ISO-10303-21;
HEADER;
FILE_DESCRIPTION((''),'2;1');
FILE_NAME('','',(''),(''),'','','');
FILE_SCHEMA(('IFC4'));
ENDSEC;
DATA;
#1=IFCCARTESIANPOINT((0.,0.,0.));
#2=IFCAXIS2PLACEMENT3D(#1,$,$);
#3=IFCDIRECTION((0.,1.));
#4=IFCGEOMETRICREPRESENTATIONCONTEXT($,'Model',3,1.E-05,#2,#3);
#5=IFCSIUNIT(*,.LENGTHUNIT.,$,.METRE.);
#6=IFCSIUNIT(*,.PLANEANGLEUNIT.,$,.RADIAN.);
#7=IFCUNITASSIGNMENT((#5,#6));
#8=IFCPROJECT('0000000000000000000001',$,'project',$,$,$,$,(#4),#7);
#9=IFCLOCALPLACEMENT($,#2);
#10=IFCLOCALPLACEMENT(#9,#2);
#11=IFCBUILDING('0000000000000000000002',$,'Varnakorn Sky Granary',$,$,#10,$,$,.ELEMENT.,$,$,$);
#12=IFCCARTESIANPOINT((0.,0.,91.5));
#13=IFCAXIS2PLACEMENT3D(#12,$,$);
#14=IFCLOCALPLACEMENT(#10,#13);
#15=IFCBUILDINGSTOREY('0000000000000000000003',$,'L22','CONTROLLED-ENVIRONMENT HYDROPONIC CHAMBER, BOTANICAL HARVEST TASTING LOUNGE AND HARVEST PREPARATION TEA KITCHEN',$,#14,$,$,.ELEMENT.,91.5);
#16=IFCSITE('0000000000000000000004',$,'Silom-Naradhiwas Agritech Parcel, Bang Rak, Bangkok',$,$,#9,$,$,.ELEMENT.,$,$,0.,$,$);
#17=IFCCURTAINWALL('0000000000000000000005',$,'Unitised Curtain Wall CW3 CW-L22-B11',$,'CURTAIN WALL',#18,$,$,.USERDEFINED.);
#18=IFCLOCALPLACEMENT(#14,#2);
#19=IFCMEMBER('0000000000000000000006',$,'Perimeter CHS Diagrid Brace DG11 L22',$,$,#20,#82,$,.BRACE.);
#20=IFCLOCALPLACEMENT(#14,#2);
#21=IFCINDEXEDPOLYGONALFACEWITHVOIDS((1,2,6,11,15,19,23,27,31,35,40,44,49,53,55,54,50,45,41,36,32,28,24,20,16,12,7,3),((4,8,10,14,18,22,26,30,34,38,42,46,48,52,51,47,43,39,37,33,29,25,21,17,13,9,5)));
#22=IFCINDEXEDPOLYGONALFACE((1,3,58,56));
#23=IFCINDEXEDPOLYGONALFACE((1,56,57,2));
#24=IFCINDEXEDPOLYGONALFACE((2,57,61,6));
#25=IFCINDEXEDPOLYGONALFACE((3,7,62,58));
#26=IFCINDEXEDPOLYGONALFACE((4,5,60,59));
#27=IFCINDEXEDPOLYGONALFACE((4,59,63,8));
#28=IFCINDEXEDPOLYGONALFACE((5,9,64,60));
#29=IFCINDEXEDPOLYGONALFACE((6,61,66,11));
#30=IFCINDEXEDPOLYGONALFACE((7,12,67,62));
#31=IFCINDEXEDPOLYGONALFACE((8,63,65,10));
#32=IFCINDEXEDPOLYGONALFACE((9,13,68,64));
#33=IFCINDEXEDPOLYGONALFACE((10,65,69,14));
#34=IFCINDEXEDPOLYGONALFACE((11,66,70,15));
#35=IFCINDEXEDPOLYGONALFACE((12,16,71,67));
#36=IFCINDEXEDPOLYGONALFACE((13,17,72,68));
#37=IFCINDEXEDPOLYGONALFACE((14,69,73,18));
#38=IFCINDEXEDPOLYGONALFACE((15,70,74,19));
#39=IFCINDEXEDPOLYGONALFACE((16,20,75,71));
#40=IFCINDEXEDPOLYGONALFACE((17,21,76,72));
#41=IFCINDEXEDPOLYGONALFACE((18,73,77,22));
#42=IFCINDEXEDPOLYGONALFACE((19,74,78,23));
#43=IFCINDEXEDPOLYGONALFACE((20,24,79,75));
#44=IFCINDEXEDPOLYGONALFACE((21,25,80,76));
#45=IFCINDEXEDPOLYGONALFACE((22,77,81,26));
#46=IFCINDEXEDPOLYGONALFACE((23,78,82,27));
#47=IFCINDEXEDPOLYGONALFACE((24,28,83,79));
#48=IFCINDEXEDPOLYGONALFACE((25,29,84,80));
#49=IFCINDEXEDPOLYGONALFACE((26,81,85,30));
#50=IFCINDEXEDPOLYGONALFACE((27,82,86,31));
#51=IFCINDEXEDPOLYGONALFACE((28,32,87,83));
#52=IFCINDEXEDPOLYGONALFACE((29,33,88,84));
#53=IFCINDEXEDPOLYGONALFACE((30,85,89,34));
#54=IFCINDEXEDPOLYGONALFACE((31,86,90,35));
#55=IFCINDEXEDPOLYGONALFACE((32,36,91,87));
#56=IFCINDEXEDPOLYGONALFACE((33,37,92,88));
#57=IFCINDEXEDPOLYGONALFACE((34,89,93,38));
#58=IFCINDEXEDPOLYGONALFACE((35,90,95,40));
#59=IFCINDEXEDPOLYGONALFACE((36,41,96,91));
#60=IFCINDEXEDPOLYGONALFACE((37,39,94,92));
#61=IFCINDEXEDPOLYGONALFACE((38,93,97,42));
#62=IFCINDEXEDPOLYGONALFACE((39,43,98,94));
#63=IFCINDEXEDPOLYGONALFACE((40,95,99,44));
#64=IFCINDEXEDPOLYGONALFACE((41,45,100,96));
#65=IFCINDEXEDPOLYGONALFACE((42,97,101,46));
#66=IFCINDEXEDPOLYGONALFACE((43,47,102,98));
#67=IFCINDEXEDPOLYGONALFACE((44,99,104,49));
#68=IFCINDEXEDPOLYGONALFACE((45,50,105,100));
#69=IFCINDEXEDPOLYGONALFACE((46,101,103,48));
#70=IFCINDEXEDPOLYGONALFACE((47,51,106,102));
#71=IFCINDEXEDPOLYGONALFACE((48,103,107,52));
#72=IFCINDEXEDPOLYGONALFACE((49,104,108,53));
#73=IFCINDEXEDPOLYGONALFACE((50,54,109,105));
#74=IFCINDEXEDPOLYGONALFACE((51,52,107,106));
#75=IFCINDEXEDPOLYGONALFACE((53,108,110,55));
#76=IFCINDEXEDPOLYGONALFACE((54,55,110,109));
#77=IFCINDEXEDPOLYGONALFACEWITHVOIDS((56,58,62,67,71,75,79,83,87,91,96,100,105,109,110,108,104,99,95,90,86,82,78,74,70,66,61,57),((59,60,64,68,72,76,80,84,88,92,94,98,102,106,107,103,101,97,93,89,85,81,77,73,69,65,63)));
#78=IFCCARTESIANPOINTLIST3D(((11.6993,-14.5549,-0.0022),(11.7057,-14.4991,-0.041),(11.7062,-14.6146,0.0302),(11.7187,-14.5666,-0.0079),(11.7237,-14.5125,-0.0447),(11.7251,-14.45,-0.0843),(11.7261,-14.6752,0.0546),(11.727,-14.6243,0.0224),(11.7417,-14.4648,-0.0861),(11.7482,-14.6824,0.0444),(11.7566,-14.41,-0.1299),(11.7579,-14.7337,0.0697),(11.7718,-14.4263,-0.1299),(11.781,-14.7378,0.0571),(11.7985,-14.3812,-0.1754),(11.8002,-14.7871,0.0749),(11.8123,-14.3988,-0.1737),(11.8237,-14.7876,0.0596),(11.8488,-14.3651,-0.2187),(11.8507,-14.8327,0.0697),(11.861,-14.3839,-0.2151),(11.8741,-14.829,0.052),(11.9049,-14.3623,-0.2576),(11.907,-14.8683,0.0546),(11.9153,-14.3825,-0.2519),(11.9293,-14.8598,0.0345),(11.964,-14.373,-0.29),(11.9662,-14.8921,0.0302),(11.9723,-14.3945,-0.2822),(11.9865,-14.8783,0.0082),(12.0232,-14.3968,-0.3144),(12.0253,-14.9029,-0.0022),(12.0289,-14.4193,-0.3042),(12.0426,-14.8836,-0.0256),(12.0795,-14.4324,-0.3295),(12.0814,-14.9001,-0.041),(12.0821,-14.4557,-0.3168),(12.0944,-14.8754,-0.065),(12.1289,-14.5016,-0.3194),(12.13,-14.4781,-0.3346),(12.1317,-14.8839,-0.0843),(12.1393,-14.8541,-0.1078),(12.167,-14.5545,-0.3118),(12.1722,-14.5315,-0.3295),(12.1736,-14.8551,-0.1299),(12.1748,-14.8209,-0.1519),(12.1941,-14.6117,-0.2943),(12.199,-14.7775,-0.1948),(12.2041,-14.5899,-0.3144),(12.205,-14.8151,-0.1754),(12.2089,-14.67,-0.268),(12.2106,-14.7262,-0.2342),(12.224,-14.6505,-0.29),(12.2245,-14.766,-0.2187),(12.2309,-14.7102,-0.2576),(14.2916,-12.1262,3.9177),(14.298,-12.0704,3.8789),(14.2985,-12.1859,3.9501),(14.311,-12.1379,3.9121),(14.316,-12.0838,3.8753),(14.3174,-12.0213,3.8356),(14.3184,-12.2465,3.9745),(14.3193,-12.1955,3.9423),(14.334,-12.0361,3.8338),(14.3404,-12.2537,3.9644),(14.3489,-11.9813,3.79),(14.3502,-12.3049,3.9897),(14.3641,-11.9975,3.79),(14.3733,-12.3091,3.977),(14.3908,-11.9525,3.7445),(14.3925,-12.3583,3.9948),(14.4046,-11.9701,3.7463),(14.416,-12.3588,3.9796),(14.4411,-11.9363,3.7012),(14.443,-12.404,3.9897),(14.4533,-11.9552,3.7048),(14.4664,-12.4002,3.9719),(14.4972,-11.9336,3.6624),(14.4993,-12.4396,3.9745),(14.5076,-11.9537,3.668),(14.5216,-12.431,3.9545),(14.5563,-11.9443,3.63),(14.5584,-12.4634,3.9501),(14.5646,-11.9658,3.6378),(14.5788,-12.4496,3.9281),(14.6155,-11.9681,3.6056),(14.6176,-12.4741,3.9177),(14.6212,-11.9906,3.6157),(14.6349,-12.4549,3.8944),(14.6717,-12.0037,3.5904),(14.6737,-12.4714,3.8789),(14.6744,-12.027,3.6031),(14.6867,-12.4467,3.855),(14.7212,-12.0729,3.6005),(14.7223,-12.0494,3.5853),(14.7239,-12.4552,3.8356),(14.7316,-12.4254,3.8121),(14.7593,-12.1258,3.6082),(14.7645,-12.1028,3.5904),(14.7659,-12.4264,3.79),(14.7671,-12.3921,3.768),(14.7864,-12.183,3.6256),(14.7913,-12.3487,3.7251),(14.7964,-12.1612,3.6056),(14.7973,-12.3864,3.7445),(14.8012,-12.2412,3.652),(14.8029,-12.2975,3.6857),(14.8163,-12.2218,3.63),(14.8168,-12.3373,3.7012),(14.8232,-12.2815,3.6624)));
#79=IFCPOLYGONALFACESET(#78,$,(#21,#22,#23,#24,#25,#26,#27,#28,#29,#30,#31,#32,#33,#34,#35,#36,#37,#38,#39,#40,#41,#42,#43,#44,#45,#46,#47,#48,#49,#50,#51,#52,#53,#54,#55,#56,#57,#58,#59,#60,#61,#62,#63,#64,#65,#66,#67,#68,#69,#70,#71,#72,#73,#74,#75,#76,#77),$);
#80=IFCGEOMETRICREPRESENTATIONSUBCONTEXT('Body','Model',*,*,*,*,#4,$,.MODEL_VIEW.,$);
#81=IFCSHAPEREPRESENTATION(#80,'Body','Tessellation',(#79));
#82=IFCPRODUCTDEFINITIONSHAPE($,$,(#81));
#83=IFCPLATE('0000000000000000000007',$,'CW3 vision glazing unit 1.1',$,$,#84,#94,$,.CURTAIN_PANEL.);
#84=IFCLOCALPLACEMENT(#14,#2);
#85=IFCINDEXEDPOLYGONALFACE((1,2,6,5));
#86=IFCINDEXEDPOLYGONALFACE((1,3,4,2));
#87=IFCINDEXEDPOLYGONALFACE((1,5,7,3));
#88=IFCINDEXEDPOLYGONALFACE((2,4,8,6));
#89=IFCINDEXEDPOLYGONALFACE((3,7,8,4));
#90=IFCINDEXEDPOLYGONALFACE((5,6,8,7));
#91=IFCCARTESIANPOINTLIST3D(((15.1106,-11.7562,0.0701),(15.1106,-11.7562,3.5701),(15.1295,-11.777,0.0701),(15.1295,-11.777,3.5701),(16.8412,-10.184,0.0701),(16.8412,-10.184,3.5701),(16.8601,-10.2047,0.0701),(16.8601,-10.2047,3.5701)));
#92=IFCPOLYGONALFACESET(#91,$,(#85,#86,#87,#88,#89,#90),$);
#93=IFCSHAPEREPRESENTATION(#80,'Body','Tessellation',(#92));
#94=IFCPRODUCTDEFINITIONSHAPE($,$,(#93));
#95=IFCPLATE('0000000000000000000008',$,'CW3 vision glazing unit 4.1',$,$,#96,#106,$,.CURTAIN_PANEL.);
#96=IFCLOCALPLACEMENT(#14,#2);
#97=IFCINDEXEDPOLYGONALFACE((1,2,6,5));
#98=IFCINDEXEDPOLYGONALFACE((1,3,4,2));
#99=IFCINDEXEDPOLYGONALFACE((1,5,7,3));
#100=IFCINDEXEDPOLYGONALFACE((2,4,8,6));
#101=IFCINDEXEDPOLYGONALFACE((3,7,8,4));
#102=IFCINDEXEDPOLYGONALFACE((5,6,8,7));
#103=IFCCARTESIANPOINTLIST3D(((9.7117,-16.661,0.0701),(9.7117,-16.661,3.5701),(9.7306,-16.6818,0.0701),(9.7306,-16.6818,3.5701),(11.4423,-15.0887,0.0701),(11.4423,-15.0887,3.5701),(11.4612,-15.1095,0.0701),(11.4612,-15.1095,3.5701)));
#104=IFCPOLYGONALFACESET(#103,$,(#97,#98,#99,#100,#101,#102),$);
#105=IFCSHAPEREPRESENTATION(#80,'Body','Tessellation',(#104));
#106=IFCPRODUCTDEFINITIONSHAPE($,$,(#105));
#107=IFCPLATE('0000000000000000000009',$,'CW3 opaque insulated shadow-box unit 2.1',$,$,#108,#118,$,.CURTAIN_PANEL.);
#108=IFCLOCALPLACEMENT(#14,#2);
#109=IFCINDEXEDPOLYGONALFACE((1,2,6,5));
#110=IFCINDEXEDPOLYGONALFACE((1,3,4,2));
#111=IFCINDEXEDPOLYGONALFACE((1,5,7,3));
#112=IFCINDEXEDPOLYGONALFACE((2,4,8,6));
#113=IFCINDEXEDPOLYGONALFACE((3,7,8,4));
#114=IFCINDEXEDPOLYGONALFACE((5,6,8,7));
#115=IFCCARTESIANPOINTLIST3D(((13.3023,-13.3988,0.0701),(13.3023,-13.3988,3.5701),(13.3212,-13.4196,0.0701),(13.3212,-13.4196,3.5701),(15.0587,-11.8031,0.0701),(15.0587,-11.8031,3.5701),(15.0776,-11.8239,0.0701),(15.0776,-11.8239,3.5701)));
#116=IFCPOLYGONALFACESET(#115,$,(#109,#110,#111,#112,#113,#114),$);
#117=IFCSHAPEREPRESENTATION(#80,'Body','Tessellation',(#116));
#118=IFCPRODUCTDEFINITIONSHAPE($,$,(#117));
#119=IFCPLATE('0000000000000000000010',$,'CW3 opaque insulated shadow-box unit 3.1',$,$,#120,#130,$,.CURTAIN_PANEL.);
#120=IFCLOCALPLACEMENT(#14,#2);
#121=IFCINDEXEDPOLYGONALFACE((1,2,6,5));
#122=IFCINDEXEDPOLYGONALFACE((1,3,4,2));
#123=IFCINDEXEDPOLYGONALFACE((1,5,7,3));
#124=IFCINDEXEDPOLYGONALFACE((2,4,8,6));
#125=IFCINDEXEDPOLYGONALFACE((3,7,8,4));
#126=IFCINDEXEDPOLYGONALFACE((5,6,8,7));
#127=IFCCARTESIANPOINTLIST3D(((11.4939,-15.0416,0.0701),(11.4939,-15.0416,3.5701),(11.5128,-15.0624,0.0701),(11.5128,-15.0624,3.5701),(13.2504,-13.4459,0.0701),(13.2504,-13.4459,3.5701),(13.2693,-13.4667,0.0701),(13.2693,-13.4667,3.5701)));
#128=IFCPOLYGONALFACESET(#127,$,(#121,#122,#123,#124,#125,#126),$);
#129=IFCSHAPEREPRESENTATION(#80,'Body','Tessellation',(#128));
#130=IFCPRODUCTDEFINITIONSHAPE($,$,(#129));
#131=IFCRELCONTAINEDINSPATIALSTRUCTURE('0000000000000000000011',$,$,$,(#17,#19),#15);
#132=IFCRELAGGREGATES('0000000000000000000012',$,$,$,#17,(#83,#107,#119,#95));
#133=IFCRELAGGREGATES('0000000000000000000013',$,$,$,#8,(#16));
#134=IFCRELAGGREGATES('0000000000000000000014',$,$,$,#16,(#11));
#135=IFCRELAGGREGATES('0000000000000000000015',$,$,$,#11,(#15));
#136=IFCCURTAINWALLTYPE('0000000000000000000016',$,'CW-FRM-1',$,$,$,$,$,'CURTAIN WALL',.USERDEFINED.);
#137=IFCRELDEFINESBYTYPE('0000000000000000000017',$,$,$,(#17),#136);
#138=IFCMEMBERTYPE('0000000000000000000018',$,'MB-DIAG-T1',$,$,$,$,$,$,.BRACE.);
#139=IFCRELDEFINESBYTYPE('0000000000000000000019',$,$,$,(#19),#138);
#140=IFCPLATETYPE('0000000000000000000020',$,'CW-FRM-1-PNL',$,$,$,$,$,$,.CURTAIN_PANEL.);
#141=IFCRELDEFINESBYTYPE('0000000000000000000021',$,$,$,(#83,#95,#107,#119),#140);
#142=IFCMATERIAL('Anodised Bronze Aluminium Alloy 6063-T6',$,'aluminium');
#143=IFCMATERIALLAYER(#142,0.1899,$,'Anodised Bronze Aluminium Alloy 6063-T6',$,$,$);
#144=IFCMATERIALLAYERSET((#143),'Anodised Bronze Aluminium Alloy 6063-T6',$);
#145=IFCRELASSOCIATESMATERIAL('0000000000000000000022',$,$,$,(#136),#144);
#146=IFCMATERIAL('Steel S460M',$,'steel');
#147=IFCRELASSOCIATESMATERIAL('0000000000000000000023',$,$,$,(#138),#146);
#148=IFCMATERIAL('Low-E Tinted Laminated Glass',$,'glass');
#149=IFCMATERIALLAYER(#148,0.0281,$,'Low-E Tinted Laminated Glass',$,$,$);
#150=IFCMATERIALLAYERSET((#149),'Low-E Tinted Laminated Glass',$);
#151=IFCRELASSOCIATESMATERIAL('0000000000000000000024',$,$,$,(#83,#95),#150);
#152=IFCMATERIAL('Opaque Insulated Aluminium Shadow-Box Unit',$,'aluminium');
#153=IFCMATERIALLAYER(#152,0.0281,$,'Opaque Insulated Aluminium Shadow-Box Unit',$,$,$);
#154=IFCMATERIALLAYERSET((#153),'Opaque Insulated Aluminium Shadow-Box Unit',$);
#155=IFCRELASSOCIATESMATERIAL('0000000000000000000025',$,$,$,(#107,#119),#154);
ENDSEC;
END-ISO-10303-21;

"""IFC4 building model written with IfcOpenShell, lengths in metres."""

from ifc_helpers import new_model, si_unit, direction, frame, origin, origin_2d, place, context, subcontext, project, spatial, rectangle, hollow_circle, extrude, source, transform, mapped, material, layer, layer_set, material_profile, profile_set, type_object, type_shapes, element, aggregate, save


model = new_model("IFC4")

# Units and contexts
model_context = context("Model", 3, precision=1e-05, world=origin(), true_north=direction((0.0, 1.0)))
body_context = subcontext(model_context, "Body", "Model", "MODEL_VIEW")
ifc_project = project(units=[si_unit("LENGTHUNIT", "METRE"), si_unit("PLANEANGLEUNIT", "RADIAN")], contexts=[model_context])

# Site, building, storey
site_placement = place(None, origin())
site = spatial("IfcSite", under=ifc_project, at=site_placement, Name="Silom-Naradhiwas Agritech Parcel, Bang Rak, Bangkok", CompositionType="ELEMENT", RefElevation=0.0)
building_placement = place(site_placement, origin())
building = spatial("IfcBuilding", under=site, at=building_placement, Name="Varnakorn Sky Granary", CompositionType="ELEMENT")
storey_placement = place(building_placement, frame((0.0, 0.0, 91.5)))
storey = spatial("IfcBuildingStorey", under=building, at=storey_placement, Name="L22", Description="CONTROLLED-ENVIRONMENT HYDROPONIC CHAMBER, BOTANICAL HARVEST TASTING LOUNGE AND HARVEST PREPARATION TEA KITCHEN", CompositionType="ELEMENT", Elevation=91.5)

# Shared definitions
ifc_material_1 = material(Name="Steel S460M", Category="steel")

# Shared definitions
ifc_material_2 = material(Name="Anodised Bronze Aluminium Alloy 6063-T6", Category="aluminium")
ifc_layer_1 = layer(ifc_material_2, 0.1899, Name="Anodised Bronze Aluminium Alloy 6063-T6")
ifc_layer_set_1 = layer_set([ifc_layer_1], Name="Anodised Bronze Aluminium Alloy 6063-T6")
curtain_wall_type = type_object("IfcCurtainWallType", Name="CW-FRM-1", ElementType="CURTAIN WALL", PredefinedType="USERDEFINED", material=ifc_layer_set_1)

# Curtain wall
curtain_wall_1_placement = place(storey_placement, origin())
curtain_wall_1 = element("IfcCurtainWall", 1, at=curtain_wall_1_placement, inside=storey, type_object=curtain_wall_type, Name="Unitised Curtain Wall CW3 CW-L22-B11", ObjectType="CURTAIN WALL", PredefinedType="USERDEFINED")

# Member
ifc_material_profile_1 = material_profile(ifc_material_1, hollow_circle(Radius=0.3049, WallThickness=0.0222, at=origin_2d()), Name="CHS 610x22")
ifc_profile_set_1 = profile_set([ifc_material_profile_1], Name="Steel S460M")
member_type_1 = type_object("IfcMemberType", Name="MB-DIAG-T1", PredefinedType="BRACE", material=ifc_profile_set_1)
member_1_placement = place(storey_placement, frame((11.9651, -14.6326, -0.1299), z_axis=(0.490033, 0.459111, 0.741002), x_axis=(-0.683708, 0.729756, 0.0)))
element("IfcMember", 2, at=member_1_placement, inside=storey, type_object=member_type_1, Name="Perimeter CHS Diagrid Brace DG11 L22", PredefinedType="BRACE", context=body_context, shape_type="SweptSolid", body=[
    extrude(hollow_circle(Radius=0.3049, WallThickness=0.0222, at=origin_2d()), origin(), (0.0, 0.0, 1.0), 5.29),
])

# Plates
ifc_material_3 = material(Name="Low-E Tinted Laminated Glass", Category="glass")
ifc_layer_2 = layer(ifc_material_3, 0.0281, Name="Low-E Tinted Laminated Glass")
ifc_layer_set_2 = layer_set([ifc_layer_2], Name="Low-E Tinted Laminated Glass")
plate_type = type_object("IfcPlateType", Name="CW-FRM-1-PNL", PredefinedType="CURTAIN_PANEL")
shared_shape_1 = source(origin(), body_context, "Body", "SweptSolid", [
    extrude(rectangle(XDim=2.3381, YDim=0.0281, at=origin_2d()), origin(), (0.0, 0.0, 1.0), 3.5),
])
plate_1_placement = place(storey_placement, frame((15.9854, -10.9805, 0.0701), z_axis=(0.0, 0.0, 1.0), x_axis=(-0.740161, -0.672429, 0.0)))
plate_1 = element("IfcPlate", 3, at=plate_1_placement, type_object=plate_type, material=ifc_layer_set_2, Name="CW3 vision glazing unit 1.1", PredefinedType="CURTAIN_PANEL", context=body_context, shape_type="MappedRepresentation", body=[
    mapped(shared_shape_1, transform((0.0, 0.0, 0.0), x_axis=(1.0, 0.0, 0.0), y_axis=(0.0, 1.0, 0.0), z_axis=(0.0, 0.0, 1.0), scale=1.0)),
])
plate_2_placement = place(storey_placement, frame((10.5864, -15.8853, 0.0701), z_axis=(0.0, 0.0, 1.0), x_axis=(-0.740161, -0.672429, 0.0)))
plate_2 = element("IfcPlate", 4, at=plate_2_placement, type_object=plate_type, material=ifc_layer_set_2, Name="CW3 vision glazing unit 4.1", PredefinedType="CURTAIN_PANEL", context=body_context, shape_type="MappedRepresentation", body=[
    mapped(shared_shape_1, transform((0.0, 0.0, 0.0), x_axis=(1.0, 0.0, 0.0), y_axis=(0.0, 1.0, 0.0), z_axis=(0.0, 0.0, 1.0), scale=1.0)),
])
ifc_material_4 = material(Name="Opaque Insulated Aluminium Shadow-Box Unit", Category="aluminium")
ifc_layer_3 = layer(ifc_material_4, 0.0281, Name="Opaque Insulated Aluminium Shadow-Box Unit")
ifc_layer_set_3 = layer_set([ifc_layer_3], Name="Opaque Insulated Aluminium Shadow-Box Unit")
shared_shape_2 = source(origin(), body_context, "Body", "SweptSolid", [
    extrude(rectangle(XDim=2.373, YDim=0.0281, at=origin_2d()), origin(), (0.0, 0.0, 1.0), 3.5),
])
type_shapes(plate_type, [shared_shape_1, shared_shape_2])
plate_3_placement = place(storey_placement, frame((14.1899, -12.6113, 0.0701), z_axis=(0.0, 0.0, 1.0), x_axis=(-0.740161, -0.672429, 0.0)))
plate_3 = element("IfcPlate", 5, at=plate_3_placement, type_object=plate_type, material=ifc_layer_set_3, Name="CW3 opaque insulated shadow-box unit 2.1", PredefinedType="CURTAIN_PANEL", context=body_context, shape_type="MappedRepresentation", body=[
    mapped(shared_shape_2, transform((0.0, 0.0, 0.0), x_axis=(1.0, 0.0, 0.0), y_axis=(0.0, 1.0, 0.0), z_axis=(0.0, 0.0, 1.0), scale=1.0)),
])
plate_4_placement = place(storey_placement, frame((12.3816, -14.2542, 0.0701), z_axis=(0.0, 0.0, 1.0), x_axis=(-0.740161, -0.672429, 0.0)))
plate_4 = element("IfcPlate", 6, at=plate_4_placement, type_object=plate_type, material=ifc_layer_set_3, Name="CW3 opaque insulated shadow-box unit 3.1", PredefinedType="CURTAIN_PANEL", context=body_context, shape_type="MappedRepresentation", body=[
    mapped(shared_shape_2, transform((0.0, 0.0, 0.0), x_axis=(1.0, 0.0, 0.0), y_axis=(0.0, 1.0, 0.0), z_axis=(0.0, 0.0, 1.0), scale=1.0)),
])
aggregate(curtain_wall_1, [plate_1, plate_3, plate_4, plate_2])

save(model, "model.ifc")
